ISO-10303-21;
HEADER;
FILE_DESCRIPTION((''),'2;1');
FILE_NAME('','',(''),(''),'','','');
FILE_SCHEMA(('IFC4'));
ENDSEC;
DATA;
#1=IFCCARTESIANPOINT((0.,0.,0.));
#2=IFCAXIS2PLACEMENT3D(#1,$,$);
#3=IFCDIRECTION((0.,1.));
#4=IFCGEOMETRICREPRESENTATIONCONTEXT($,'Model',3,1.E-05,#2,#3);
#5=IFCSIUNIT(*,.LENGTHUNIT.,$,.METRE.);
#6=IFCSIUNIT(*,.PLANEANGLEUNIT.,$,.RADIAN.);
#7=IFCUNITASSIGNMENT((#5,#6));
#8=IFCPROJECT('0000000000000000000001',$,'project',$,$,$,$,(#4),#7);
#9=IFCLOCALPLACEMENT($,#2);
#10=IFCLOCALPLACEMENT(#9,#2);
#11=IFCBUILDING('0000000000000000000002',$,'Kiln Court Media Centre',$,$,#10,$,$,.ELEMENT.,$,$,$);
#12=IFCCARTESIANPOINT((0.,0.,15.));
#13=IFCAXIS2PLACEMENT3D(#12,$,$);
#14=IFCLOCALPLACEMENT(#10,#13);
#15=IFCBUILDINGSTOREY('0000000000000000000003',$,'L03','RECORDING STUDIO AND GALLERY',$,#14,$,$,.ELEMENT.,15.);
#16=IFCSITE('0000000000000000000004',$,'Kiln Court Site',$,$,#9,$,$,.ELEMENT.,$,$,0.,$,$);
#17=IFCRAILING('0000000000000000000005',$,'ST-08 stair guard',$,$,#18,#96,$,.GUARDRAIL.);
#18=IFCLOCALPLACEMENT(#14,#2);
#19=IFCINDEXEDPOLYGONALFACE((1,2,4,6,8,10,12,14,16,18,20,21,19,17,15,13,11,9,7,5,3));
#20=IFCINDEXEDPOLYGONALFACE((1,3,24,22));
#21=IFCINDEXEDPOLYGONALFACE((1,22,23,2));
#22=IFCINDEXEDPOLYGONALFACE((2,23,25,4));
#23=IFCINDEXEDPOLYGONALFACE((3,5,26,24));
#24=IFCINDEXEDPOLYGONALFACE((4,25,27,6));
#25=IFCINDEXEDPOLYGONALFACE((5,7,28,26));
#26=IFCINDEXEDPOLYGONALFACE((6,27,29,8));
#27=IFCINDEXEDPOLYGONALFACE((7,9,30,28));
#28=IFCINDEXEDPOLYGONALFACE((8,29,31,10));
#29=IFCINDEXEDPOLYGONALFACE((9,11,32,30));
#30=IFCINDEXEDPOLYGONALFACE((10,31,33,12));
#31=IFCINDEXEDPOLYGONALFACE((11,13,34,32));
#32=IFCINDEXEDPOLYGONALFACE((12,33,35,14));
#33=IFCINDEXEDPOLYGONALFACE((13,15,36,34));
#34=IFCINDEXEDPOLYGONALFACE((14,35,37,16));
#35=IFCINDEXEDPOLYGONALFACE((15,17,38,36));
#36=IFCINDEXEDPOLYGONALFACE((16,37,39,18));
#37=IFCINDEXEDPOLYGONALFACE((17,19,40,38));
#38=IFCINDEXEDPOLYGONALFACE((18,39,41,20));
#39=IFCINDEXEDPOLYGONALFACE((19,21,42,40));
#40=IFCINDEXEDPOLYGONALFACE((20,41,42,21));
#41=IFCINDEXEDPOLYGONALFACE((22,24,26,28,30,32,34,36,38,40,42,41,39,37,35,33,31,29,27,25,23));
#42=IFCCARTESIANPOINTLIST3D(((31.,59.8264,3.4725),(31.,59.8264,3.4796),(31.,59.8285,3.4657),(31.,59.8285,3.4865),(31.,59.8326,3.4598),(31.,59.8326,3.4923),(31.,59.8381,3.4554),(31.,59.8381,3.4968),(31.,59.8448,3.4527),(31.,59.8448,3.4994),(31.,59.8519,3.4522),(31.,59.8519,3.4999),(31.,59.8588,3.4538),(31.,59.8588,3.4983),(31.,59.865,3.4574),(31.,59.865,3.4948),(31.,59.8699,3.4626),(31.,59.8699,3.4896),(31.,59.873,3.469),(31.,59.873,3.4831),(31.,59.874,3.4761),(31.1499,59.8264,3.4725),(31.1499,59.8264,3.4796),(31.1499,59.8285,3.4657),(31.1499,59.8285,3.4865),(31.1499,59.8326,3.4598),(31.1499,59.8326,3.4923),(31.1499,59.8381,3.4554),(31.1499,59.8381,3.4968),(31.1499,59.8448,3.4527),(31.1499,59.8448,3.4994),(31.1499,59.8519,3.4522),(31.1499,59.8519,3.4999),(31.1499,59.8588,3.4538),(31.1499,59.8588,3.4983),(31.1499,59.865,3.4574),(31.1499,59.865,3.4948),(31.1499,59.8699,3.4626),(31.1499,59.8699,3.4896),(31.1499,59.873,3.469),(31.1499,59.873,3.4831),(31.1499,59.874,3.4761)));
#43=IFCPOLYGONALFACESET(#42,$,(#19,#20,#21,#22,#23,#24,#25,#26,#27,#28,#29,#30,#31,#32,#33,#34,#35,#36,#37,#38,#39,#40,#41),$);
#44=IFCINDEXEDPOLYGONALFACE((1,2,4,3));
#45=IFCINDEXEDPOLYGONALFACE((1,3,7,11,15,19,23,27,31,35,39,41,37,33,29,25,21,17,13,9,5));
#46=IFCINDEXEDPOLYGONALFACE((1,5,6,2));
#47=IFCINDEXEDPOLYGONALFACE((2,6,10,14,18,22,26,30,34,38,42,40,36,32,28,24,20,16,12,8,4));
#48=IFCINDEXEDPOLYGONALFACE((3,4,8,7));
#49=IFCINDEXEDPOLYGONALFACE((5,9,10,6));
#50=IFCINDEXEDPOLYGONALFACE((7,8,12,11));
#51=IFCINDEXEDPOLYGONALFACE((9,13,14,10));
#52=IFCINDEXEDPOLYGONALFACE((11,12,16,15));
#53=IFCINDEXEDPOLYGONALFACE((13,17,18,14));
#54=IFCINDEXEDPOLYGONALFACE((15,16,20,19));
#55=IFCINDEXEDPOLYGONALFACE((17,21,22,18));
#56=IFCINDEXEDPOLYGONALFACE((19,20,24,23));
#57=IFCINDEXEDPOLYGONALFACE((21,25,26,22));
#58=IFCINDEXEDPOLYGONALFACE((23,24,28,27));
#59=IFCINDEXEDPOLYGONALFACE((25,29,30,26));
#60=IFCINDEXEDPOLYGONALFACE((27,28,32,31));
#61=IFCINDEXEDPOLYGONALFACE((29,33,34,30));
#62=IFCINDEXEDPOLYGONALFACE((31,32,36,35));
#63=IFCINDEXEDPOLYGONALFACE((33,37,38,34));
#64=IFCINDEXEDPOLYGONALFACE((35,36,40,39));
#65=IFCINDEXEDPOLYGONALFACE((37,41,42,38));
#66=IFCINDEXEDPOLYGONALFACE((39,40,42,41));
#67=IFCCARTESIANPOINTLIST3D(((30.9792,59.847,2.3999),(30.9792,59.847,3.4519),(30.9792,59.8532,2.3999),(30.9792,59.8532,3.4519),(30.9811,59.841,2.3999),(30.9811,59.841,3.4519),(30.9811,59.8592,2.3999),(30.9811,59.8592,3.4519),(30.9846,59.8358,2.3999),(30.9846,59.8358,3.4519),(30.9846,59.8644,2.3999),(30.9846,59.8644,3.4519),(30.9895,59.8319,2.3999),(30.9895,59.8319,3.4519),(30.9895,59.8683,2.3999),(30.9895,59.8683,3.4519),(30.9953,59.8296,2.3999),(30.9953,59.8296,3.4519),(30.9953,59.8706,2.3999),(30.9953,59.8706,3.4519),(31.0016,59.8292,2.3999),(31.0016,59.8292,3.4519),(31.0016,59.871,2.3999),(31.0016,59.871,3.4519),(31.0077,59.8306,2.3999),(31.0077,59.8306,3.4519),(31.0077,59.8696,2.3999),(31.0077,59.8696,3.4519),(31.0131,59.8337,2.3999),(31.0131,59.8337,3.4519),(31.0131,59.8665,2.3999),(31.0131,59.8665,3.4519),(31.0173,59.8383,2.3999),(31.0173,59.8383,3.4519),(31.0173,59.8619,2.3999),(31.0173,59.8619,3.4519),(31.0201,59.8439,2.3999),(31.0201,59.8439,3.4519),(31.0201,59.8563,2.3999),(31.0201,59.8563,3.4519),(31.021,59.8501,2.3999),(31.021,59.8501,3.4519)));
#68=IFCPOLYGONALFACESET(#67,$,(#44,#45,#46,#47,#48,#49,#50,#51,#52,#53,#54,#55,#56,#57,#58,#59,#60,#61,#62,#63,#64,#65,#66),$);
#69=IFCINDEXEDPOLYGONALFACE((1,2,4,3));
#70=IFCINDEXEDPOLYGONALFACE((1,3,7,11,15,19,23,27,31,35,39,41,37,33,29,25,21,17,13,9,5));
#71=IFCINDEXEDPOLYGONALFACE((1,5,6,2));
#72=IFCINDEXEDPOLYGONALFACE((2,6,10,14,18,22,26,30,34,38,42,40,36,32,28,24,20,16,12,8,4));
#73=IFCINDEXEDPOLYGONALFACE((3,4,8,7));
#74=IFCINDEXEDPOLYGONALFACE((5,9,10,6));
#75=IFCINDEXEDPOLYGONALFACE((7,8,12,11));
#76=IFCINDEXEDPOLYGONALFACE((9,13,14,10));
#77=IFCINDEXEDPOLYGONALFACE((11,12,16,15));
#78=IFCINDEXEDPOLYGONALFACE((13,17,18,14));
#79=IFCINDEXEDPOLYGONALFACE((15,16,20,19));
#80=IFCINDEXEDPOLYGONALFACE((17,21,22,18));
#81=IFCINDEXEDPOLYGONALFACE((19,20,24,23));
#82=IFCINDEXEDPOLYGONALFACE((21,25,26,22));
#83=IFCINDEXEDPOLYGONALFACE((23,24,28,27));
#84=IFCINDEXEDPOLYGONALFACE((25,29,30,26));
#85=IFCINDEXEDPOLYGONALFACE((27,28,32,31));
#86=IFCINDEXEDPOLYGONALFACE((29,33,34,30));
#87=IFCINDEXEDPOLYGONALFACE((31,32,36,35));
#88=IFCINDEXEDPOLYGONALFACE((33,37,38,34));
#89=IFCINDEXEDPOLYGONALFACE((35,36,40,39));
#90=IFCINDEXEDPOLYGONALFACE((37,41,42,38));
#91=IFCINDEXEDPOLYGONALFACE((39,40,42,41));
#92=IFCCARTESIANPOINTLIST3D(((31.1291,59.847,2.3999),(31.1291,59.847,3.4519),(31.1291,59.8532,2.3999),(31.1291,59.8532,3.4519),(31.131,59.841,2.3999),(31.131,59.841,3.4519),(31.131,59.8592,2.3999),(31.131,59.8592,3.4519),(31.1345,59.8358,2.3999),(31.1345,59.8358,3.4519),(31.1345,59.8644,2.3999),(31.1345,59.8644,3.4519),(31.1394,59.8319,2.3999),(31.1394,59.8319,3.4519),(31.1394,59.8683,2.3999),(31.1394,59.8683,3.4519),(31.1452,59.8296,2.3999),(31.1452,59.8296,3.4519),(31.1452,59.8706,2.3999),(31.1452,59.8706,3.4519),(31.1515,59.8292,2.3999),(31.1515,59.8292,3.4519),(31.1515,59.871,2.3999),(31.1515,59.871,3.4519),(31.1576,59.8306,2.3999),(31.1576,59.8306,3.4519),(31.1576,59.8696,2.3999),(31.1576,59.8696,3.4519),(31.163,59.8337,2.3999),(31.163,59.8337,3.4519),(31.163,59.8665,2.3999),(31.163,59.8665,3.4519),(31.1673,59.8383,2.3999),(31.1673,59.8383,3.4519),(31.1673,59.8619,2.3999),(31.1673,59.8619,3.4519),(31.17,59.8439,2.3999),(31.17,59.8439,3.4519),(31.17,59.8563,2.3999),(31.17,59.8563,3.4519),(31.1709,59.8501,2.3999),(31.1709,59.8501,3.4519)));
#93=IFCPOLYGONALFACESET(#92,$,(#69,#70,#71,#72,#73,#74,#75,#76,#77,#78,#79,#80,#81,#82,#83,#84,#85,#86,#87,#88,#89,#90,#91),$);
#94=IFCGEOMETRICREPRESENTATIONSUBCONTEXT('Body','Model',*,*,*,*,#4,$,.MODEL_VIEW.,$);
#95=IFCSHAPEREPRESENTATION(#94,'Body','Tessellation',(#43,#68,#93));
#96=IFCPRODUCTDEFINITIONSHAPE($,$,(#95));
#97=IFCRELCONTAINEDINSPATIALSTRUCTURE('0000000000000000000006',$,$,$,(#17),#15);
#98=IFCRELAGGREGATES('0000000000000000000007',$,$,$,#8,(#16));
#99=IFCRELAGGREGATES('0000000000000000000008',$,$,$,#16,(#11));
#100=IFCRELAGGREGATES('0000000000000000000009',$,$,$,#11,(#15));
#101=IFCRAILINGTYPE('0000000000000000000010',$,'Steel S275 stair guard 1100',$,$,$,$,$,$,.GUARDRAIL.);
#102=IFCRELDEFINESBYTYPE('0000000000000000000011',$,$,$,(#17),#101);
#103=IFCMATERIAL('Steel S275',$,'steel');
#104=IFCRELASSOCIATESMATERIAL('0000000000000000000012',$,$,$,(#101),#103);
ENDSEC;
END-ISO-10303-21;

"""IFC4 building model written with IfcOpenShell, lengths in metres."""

from ifc_helpers import new_model, si_unit, direction, frame, origin, origin_2d, place, context, subcontext, project, spatial, circle, extrude, material, type_object, element, save


model = new_model("IFC4")

# Units and contexts
model_context = context("Model", 3, precision=1e-05, world=origin(), true_north=direction((0.0, 1.0)))
body_context = subcontext(model_context, "Body", "Model", "MODEL_VIEW")
ifc_project = project(units=[si_unit("LENGTHUNIT", "METRE"), si_unit("PLANEANGLEUNIT", "RADIAN")], contexts=[model_context])

# Site, building, storey
site_placement = place(None, origin())
site = spatial("IfcSite", under=ifc_project, at=site_placement, Name="Kiln Court Site", CompositionType="ELEMENT", RefElevation=0.0)
building_placement = place(site_placement, origin())
building = spatial("IfcBuilding", under=site, at=building_placement, Name="Kiln Court Media Centre", CompositionType="ELEMENT")
storey_placement = place(building_placement, frame((0.0, 0.0, 15.0)))
storey = spatial("IfcBuildingStorey", under=building, at=storey_placement, Name="L03", Description="RECORDING STUDIO AND GALLERY", CompositionType="ELEMENT", Elevation=15.0)

# Railing
ifc_material_1 = material(Name="Steel S275", Category="steel")
railing_type_1 = type_object("IfcRailingType", Name="Steel S275 stair guard 1100", PredefinedType="GUARDRAIL", material=ifc_material_1)
railing_1_placement = place(storey_placement, frame((31.0, 59.8501, 2.3999)))
element("IfcRailing", 1, at=railing_1_placement, inside=storey, type_object=railing_type_1, Name="ST-08 stair guard", PredefinedType="GUARDRAIL", context=body_context, shape_type="SweptSolid", body=[
    extrude(circle(Radius=0.0239, at=origin_2d()), frame((0.0, 0.0, 1.0762), z_axis=(1.0, 0.0, 0.0), x_axis=(0.0, 1.0, 0.0)), (0.0, 0.0, 1.0), 0.1499),
    extrude(circle(Radius=0.021, at=origin_2d()), origin(), (0.0, 0.0, 1.0), 1.052),
    extrude(circle(Radius=0.021, at=origin_2d()), frame((0.1499, 0.0, 0.0)), (0.0, 0.0, 1.0), 1.052),
])

save(model, "model.ifc")
